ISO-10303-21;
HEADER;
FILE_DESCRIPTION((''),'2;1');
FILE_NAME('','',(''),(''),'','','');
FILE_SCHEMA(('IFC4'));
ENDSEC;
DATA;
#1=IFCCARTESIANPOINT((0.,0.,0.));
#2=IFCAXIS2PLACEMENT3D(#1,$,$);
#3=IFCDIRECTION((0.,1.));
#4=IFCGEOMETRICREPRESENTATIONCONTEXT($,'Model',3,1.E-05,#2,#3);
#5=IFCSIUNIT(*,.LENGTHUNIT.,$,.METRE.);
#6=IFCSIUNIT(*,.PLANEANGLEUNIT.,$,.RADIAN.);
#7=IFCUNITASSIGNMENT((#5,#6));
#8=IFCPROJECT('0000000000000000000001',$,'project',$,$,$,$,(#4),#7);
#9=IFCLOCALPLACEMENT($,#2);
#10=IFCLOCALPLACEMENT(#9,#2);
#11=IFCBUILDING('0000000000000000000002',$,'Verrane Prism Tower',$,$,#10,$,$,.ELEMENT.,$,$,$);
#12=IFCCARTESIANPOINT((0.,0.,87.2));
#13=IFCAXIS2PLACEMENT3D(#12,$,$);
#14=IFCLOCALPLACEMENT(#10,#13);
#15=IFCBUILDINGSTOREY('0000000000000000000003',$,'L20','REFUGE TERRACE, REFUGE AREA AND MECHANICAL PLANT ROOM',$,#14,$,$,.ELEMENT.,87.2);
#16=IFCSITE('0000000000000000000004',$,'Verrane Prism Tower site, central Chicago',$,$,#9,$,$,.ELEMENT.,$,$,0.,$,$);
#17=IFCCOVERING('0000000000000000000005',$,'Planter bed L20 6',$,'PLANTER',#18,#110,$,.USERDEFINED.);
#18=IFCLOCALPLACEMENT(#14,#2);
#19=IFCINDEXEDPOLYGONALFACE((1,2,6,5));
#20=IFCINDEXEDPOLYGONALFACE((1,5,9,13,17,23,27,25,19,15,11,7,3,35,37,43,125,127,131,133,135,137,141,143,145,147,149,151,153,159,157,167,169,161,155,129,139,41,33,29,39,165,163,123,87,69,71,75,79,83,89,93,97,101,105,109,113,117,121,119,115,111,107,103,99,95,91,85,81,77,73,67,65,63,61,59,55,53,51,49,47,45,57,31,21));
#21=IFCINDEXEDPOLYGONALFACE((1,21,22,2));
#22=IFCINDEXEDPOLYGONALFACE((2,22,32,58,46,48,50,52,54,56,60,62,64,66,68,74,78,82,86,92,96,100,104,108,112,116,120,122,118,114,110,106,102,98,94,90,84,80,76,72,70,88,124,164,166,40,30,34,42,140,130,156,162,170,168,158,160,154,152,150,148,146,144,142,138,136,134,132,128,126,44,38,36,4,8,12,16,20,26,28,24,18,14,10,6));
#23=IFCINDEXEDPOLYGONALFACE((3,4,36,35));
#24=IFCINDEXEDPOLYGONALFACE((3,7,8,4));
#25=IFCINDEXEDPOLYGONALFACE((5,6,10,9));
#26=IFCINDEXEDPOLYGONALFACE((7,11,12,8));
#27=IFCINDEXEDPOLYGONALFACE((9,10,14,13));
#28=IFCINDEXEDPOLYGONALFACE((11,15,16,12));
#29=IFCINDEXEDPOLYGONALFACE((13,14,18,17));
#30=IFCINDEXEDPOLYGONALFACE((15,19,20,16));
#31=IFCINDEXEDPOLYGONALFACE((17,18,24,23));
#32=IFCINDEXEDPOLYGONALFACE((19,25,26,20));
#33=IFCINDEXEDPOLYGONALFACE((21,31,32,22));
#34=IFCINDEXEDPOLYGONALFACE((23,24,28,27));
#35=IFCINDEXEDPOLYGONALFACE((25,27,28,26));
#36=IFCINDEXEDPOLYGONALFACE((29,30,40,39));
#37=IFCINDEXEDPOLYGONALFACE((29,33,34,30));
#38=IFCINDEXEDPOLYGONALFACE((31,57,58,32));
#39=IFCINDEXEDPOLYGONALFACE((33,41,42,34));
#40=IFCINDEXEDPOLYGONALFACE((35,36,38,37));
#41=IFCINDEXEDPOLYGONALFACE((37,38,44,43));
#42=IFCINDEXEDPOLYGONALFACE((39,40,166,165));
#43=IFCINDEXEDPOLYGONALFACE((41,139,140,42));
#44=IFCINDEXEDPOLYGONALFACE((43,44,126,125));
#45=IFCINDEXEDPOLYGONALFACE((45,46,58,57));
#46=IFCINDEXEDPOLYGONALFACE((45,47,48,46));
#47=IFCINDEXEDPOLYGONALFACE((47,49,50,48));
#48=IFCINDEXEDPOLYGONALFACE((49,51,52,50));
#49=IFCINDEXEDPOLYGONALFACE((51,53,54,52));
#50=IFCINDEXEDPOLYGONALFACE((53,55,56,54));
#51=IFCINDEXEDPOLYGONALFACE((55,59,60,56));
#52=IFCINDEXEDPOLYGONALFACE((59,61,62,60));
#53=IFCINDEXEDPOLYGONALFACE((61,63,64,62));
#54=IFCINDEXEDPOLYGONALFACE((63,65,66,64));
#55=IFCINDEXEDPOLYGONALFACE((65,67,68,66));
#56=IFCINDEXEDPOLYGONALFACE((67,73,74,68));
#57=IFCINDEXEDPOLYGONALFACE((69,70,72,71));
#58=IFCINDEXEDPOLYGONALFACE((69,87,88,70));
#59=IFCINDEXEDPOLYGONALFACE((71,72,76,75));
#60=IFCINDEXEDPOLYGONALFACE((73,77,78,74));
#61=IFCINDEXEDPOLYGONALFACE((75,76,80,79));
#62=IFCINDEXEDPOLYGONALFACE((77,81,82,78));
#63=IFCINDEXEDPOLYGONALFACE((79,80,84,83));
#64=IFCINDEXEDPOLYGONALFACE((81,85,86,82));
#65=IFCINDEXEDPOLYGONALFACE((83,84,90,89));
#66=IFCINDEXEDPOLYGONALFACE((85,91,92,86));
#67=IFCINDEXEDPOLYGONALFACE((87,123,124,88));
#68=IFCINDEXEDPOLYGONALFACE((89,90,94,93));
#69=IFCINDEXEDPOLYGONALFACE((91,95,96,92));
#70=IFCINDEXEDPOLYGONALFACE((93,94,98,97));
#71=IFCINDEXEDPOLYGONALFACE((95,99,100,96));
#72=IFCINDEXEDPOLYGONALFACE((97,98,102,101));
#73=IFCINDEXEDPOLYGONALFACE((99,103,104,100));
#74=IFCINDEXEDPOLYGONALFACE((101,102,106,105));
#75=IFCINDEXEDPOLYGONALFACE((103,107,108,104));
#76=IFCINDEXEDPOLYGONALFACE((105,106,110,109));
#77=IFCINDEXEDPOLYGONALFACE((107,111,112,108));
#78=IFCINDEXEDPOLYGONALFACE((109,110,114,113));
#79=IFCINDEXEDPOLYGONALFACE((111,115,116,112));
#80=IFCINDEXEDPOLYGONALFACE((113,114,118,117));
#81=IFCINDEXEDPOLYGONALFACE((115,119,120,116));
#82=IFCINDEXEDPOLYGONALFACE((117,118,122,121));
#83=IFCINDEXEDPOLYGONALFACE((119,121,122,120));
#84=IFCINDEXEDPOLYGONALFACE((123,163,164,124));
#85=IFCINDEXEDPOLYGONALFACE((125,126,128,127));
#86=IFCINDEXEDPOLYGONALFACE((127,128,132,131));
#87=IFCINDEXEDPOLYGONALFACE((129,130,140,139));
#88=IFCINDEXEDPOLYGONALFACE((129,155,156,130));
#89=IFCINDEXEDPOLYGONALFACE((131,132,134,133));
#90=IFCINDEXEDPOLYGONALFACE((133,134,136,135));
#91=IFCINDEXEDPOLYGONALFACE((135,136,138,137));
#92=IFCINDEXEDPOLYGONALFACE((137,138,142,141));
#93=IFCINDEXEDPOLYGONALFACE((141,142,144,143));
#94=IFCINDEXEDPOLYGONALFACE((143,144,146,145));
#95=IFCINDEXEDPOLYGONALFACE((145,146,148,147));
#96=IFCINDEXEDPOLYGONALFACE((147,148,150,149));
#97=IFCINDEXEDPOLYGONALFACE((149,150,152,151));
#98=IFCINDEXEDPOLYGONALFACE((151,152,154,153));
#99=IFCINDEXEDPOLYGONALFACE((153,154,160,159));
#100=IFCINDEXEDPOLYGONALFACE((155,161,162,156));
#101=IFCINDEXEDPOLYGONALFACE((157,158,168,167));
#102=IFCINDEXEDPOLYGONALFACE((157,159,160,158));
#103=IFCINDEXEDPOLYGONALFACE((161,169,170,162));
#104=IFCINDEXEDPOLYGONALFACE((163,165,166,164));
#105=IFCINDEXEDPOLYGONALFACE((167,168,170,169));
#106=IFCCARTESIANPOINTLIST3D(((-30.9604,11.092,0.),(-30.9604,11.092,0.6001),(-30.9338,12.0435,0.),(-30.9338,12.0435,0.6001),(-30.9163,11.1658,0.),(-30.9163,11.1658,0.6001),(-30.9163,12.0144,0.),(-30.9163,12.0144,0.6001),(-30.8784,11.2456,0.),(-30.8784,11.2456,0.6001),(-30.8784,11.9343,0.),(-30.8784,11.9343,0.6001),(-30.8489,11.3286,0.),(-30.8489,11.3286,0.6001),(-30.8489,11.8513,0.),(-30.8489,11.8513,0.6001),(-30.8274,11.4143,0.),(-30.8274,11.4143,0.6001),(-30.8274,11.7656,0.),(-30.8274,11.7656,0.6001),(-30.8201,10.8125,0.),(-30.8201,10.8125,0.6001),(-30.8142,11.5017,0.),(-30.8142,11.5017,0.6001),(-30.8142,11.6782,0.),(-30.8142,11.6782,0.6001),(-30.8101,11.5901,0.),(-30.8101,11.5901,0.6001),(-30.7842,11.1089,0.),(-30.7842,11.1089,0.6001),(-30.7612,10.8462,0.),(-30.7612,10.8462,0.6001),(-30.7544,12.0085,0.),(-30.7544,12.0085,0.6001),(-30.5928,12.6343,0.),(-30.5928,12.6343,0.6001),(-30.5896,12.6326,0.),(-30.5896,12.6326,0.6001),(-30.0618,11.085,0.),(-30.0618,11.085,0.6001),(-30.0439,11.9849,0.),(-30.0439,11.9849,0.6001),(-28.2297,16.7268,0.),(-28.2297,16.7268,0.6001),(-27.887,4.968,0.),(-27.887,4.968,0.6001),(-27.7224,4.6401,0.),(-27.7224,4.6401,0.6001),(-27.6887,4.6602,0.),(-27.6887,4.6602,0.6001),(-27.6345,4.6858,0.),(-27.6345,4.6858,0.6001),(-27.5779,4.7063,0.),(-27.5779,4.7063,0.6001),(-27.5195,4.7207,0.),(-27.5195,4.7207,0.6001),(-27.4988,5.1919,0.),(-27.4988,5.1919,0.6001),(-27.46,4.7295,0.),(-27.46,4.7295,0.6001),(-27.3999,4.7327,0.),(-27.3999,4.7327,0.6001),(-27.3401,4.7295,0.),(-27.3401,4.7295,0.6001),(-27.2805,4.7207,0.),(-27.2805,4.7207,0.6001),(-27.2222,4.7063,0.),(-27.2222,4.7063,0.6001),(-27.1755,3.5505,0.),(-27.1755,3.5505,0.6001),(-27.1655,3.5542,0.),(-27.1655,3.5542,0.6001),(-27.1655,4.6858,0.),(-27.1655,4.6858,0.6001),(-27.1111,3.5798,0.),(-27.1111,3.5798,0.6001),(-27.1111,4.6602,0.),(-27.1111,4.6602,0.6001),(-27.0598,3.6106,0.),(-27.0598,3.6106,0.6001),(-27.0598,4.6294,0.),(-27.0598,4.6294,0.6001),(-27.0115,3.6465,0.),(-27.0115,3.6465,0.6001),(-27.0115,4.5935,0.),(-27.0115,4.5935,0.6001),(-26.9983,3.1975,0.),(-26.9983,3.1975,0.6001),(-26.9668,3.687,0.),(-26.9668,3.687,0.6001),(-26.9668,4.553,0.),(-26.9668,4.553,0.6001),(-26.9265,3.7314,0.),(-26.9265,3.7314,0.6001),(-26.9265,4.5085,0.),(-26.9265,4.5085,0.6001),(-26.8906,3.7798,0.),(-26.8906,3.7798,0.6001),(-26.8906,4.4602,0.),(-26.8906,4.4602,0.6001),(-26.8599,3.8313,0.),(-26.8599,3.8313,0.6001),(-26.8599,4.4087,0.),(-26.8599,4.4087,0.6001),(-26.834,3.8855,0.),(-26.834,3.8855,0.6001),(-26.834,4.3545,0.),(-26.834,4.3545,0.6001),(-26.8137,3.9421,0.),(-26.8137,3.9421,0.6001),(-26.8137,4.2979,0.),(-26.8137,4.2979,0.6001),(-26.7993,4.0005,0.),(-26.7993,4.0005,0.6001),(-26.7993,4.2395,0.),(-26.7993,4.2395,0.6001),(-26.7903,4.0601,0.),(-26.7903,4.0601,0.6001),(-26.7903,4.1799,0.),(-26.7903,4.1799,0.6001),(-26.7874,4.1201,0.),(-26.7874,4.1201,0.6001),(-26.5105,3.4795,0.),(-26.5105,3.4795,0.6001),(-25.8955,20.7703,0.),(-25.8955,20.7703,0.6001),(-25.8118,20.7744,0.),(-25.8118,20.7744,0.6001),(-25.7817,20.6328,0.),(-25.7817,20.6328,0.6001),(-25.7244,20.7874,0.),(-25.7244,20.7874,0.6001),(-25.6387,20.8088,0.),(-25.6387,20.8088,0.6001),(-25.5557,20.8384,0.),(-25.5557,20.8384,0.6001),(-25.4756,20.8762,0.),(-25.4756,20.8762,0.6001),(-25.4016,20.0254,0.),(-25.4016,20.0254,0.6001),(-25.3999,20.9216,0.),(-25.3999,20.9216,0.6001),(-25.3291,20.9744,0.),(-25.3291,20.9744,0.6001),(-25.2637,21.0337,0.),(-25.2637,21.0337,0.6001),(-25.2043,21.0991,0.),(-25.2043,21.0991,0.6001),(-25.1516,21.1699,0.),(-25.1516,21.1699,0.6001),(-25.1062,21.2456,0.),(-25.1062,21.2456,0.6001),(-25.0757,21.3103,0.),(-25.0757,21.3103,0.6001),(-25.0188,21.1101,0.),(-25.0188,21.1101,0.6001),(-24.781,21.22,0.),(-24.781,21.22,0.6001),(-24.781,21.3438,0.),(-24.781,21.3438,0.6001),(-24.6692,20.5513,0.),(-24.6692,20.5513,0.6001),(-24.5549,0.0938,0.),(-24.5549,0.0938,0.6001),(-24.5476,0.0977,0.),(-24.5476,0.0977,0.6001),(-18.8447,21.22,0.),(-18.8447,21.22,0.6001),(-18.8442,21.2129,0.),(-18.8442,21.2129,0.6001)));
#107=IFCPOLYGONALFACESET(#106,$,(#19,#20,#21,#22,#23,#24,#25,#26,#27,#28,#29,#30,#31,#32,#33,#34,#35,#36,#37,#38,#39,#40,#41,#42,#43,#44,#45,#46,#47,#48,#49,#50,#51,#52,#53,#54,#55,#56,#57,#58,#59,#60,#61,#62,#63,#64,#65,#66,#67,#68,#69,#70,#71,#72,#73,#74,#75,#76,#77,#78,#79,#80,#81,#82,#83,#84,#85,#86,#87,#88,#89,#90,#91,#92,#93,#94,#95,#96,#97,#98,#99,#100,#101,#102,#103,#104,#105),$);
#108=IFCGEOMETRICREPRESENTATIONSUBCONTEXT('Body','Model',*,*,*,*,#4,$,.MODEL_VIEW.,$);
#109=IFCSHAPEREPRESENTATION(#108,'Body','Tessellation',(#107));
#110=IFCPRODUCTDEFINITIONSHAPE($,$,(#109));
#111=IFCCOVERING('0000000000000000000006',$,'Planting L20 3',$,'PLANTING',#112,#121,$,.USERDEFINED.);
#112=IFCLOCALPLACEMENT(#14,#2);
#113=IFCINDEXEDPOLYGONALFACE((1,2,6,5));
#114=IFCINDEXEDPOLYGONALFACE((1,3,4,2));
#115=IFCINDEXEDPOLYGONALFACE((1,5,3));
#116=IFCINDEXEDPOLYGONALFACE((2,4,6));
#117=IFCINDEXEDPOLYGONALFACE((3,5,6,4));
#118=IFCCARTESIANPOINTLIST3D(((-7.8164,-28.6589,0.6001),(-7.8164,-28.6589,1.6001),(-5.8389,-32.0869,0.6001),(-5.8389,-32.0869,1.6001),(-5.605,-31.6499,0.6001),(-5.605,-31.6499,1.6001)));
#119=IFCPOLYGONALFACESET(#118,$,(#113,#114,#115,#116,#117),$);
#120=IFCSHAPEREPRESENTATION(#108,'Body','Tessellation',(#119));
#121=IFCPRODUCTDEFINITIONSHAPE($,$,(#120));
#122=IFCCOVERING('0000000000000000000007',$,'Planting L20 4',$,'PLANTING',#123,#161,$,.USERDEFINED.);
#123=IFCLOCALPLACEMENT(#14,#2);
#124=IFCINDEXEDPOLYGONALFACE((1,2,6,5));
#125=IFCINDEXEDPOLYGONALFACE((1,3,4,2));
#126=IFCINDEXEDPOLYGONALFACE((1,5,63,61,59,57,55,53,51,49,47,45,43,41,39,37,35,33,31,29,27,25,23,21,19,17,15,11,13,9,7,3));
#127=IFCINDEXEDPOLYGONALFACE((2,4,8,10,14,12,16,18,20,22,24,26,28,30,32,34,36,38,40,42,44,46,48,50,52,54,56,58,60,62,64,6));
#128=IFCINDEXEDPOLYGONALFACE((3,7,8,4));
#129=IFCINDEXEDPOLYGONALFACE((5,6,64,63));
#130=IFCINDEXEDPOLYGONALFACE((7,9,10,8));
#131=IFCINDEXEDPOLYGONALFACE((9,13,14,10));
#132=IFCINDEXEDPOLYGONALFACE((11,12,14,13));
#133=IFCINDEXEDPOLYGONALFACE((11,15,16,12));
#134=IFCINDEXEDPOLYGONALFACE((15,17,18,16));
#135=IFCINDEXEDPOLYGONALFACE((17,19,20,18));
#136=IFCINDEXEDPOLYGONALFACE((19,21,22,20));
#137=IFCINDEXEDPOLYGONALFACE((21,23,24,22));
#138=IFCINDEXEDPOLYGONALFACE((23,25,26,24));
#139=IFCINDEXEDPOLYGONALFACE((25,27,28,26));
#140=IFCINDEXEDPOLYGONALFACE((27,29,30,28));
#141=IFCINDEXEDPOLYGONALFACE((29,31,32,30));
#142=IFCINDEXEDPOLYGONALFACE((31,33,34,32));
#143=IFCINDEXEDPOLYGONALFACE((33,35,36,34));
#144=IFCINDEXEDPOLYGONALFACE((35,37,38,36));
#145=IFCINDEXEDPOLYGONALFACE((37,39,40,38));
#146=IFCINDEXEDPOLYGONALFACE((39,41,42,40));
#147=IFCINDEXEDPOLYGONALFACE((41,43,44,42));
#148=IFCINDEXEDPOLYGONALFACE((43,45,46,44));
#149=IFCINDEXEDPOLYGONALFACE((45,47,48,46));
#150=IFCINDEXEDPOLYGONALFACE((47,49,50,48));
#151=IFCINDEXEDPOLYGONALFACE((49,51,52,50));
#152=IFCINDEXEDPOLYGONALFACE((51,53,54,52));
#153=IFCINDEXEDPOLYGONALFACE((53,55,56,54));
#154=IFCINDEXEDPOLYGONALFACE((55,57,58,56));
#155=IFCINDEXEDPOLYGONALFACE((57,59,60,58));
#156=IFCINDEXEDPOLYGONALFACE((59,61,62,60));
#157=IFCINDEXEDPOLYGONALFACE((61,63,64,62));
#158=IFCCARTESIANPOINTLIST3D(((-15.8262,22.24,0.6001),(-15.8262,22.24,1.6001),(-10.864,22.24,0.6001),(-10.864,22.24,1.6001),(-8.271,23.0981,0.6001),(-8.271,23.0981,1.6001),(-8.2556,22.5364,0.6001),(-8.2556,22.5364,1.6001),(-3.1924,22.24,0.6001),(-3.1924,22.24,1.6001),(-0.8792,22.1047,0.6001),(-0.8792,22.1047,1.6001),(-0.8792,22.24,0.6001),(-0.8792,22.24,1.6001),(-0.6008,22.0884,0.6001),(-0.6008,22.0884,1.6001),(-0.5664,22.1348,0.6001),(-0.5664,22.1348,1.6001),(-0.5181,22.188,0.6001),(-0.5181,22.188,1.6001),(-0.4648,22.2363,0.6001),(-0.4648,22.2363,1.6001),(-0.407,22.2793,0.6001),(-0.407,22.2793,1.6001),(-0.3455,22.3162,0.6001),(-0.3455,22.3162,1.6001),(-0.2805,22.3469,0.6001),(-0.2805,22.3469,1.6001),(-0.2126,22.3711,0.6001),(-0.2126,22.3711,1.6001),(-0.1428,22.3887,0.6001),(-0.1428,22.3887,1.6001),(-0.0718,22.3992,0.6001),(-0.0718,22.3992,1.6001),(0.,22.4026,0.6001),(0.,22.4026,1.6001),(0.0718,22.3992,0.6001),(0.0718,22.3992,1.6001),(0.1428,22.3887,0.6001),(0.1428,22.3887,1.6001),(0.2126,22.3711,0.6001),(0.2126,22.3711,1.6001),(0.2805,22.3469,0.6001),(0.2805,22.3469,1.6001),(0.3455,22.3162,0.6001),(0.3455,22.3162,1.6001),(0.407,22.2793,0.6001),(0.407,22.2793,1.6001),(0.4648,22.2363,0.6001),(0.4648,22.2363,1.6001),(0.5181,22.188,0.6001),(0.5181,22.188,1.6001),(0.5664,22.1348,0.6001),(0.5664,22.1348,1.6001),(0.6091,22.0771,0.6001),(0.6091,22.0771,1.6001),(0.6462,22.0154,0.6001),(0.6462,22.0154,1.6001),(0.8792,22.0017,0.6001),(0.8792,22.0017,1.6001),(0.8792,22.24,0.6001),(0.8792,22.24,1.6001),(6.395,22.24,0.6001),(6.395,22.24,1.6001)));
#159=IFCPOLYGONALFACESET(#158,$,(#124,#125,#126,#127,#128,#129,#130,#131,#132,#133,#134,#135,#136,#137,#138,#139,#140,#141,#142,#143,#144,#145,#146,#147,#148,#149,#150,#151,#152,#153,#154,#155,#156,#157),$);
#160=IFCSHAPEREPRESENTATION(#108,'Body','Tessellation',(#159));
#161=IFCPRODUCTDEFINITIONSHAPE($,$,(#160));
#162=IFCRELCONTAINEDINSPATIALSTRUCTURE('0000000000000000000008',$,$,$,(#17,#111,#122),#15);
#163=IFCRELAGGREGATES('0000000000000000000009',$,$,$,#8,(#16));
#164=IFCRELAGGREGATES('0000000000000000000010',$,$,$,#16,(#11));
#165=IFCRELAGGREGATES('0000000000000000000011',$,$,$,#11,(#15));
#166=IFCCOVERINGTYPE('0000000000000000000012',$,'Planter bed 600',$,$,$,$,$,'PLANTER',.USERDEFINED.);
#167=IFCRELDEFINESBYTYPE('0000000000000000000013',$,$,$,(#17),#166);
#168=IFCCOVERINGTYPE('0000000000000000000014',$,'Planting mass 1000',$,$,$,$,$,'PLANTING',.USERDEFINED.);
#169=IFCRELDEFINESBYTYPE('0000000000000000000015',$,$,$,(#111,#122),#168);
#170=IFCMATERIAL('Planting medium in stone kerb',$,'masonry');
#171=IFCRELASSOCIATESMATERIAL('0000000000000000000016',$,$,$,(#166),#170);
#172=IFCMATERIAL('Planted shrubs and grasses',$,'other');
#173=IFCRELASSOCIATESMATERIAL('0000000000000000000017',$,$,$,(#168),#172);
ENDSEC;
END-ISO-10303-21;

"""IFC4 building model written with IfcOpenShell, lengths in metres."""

from ifc_helpers import new_model, si_unit, direction, frame, origin, place, context, subcontext, project, spatial, polyline, outline, extrude, material, type_object, element, save


model = new_model("IFC4")

# Units and contexts
model_context = context("Model", 3, precision=1e-05, world=origin(), true_north=direction((0.0, 1.0)))
body_context = subcontext(model_context, "Body", "Model", "MODEL_VIEW")
ifc_project = project(units=[si_unit("LENGTHUNIT", "METRE"), si_unit("PLANEANGLEUNIT", "RADIAN")], contexts=[model_context])

# Site, building, storey
site_placement = place(None, origin())
site = spatial("IfcSite", under=ifc_project, at=site_placement, Name="Verrane Prism Tower site, central Chicago", CompositionType="ELEMENT", RefElevation=0.0)
building_placement = place(site_placement, origin())
building = spatial("IfcBuilding", under=site, at=building_placement, Name="Verrane Prism Tower", CompositionType="ELEMENT")
storey_placement = place(building_placement, frame((0.0, 0.0, 87.2)))
storey = spatial("IfcBuildingStorey", under=building, at=storey_placement, Name="L20", Description="REFUGE TERRACE, REFUGE AREA AND MECHANICAL PLANT ROOM", CompositionType="ELEMENT", Elevation=87.2)

# Coverings
ifc_material_1 = material(Name="Planting medium in stone kerb", Category="masonry")
covering_type_1 = type_object("IfcCoveringType", Name="Planter bed 600", ElementType="PLANTER", PredefinedType="USERDEFINED", material=ifc_material_1)
covering_1_placement = place(storey_placement, origin())
element("IfcCovering", 1, at=covering_1_placement, inside=storey, type_object=covering_type_1, Name="Planter bed L20 6", ObjectType="PLANTER", PredefinedType="USERDEFINED", context=body_context, shape_type="SweptSolid", body=[
    extrude(outline(polyline([(-30.9338, 12.0435), (-30.9163, 12.0144), (-30.8784, 11.9343), (-30.8489, 11.8513), (-30.8274, 11.7656), (-30.8142, 11.6782), (-30.8101, 11.5901), (-30.8142, 11.5017), (-30.8274, 11.4143), (-30.8489, 11.3286), (-30.8784, 11.2456), (-30.9163, 11.1658), (-30.9604, 11.092), (-30.8201, 10.8125), (-30.7612, 10.8462), (-27.4988, 5.1919), (-27.887, 4.968), (-27.7224, 4.6401), (-27.6887, 4.6602), (-27.6345, 4.6858), (-27.5779, 4.7063), (-27.5195, 4.7207), (-27.46, 4.7295), (-27.3999, 4.7327), (-27.3401, 4.7295), (-27.2805, 4.7207), (-27.2222, 4.7063), (-27.1655, 4.6858), (-27.1111, 4.6602), (-27.0598, 4.6294), (-27.0115, 4.5935), (-26.9668, 4.553), (-26.9265, 4.5085), (-26.8906, 4.4602), (-26.8599, 4.4087), (-26.834, 4.3545), (-26.8137, 4.2979), (-26.7993, 4.2395), (-26.7903, 4.1799), (-26.7874, 4.1201), (-26.7903, 4.0601), (-26.7993, 4.0005), (-26.8137, 3.9421), (-26.834, 3.8855), (-26.8599, 3.8313), (-26.8906, 3.7798), (-26.9265, 3.7314), (-26.9668, 3.687), (-27.0115, 3.6465), (-27.0598, 3.6106), (-27.1111, 3.5798), (-27.1655, 3.5542), (-27.1755, 3.5505), (-26.9983, 3.1975), (-26.5105, 3.4795), (-24.5549, 0.0938), (-24.5476, 0.0977), (-30.0618, 11.085), (-30.7842, 11.1089), (-30.7544, 12.0085), (-30.0439, 11.9849), (-25.4016, 20.0254), (-25.7817, 20.6328), (-25.0188, 21.1101), (-24.6692, 20.5513), (-18.8442, 21.2129), (-18.8447, 21.22), (-24.781, 21.22), (-24.781, 21.3438), (-25.0757, 21.3103), (-25.1062, 21.2456), (-25.1516, 21.1699), (-25.2043, 21.0991), (-25.2637, 21.0337), (-25.3291, 20.9744), (-25.3999, 20.9216), (-25.4756, 20.8762), (-25.5557, 20.8384), (-25.6387, 20.8088), (-25.7244, 20.7874), (-25.8118, 20.7744), (-25.8955, 20.7703), (-28.2297, 16.7268), (-30.5896, 12.6326), (-30.5928, 12.6343), (-30.9338, 12.0435)])), origin(), (0.0, 0.0, 1.0), 0.6001),
])
ifc_material_2 = material(Name="Planted shrubs and grasses", Category="other")
covering_type_2 = type_object("IfcCoveringType", Name="Planting mass 1000", ElementType="PLANTING", PredefinedType="USERDEFINED", material=ifc_material_2)
covering_2_placement = place(storey_placement, frame((0.0, 0.0, 0.6001)))
element("IfcCovering", 2, at=covering_2_placement, inside=storey, type_object=covering_type_2, Name="Planting L20 3", ObjectType="PLANTING", PredefinedType="USERDEFINED", context=body_context, shape_type="SweptSolid", body=[
    extrude(outline(polyline([(-5.8389, -32.0869), (-5.605, -31.6499), (-7.8164, -28.6589), (-5.8389, -32.0869)])), origin(), (0.0, 0.0, 1.0), 1.0),
])
covering_3_placement = place(storey_placement, frame((0.0, 0.0, 0.6001)))
element("IfcCovering", 3, at=covering_3_placement, inside=storey, type_object=covering_type_2, Name="Planting L20 4", ObjectType="PLANTING", PredefinedType="USERDEFINED", context=body_context, shape_type="SweptSolid", body=[
    extrude(outline(polyline([(-10.864, 22.24), (-8.2556, 22.5364), (-3.1924, 22.24), (-0.8792, 22.24), (-0.8792, 22.1047), (-0.6008, 22.0884), (-0.5664, 22.1348), (-0.5181, 22.188), (-0.4648, 22.2363), (-0.407, 22.2793), (-0.3455, 22.3162), (-0.2805, 22.3469), (-0.2126, 22.3711), (-0.1428, 22.3887), (-0.0718, 22.3992), (0.0, 22.4026), (0.0718, 22.3992), (0.1428, 22.3887), (0.2126, 22.3711), (0.2805, 22.3469), (0.3455, 22.3162), (0.407, 22.2793), (0.4648, 22.2363), (0.5181, 22.188), (0.5664, 22.1348), (0.6091, 22.0771), (0.6462, 22.0154), (0.8792, 22.0017), (0.8792, 22.24), (6.395, 22.24), (-8.271, 23.0981), (-15.8262, 22.24), (-10.864, 22.24)])), origin(), (0.0, 0.0, 1.0), 1.0),
])

save(model, "model.ifc")
